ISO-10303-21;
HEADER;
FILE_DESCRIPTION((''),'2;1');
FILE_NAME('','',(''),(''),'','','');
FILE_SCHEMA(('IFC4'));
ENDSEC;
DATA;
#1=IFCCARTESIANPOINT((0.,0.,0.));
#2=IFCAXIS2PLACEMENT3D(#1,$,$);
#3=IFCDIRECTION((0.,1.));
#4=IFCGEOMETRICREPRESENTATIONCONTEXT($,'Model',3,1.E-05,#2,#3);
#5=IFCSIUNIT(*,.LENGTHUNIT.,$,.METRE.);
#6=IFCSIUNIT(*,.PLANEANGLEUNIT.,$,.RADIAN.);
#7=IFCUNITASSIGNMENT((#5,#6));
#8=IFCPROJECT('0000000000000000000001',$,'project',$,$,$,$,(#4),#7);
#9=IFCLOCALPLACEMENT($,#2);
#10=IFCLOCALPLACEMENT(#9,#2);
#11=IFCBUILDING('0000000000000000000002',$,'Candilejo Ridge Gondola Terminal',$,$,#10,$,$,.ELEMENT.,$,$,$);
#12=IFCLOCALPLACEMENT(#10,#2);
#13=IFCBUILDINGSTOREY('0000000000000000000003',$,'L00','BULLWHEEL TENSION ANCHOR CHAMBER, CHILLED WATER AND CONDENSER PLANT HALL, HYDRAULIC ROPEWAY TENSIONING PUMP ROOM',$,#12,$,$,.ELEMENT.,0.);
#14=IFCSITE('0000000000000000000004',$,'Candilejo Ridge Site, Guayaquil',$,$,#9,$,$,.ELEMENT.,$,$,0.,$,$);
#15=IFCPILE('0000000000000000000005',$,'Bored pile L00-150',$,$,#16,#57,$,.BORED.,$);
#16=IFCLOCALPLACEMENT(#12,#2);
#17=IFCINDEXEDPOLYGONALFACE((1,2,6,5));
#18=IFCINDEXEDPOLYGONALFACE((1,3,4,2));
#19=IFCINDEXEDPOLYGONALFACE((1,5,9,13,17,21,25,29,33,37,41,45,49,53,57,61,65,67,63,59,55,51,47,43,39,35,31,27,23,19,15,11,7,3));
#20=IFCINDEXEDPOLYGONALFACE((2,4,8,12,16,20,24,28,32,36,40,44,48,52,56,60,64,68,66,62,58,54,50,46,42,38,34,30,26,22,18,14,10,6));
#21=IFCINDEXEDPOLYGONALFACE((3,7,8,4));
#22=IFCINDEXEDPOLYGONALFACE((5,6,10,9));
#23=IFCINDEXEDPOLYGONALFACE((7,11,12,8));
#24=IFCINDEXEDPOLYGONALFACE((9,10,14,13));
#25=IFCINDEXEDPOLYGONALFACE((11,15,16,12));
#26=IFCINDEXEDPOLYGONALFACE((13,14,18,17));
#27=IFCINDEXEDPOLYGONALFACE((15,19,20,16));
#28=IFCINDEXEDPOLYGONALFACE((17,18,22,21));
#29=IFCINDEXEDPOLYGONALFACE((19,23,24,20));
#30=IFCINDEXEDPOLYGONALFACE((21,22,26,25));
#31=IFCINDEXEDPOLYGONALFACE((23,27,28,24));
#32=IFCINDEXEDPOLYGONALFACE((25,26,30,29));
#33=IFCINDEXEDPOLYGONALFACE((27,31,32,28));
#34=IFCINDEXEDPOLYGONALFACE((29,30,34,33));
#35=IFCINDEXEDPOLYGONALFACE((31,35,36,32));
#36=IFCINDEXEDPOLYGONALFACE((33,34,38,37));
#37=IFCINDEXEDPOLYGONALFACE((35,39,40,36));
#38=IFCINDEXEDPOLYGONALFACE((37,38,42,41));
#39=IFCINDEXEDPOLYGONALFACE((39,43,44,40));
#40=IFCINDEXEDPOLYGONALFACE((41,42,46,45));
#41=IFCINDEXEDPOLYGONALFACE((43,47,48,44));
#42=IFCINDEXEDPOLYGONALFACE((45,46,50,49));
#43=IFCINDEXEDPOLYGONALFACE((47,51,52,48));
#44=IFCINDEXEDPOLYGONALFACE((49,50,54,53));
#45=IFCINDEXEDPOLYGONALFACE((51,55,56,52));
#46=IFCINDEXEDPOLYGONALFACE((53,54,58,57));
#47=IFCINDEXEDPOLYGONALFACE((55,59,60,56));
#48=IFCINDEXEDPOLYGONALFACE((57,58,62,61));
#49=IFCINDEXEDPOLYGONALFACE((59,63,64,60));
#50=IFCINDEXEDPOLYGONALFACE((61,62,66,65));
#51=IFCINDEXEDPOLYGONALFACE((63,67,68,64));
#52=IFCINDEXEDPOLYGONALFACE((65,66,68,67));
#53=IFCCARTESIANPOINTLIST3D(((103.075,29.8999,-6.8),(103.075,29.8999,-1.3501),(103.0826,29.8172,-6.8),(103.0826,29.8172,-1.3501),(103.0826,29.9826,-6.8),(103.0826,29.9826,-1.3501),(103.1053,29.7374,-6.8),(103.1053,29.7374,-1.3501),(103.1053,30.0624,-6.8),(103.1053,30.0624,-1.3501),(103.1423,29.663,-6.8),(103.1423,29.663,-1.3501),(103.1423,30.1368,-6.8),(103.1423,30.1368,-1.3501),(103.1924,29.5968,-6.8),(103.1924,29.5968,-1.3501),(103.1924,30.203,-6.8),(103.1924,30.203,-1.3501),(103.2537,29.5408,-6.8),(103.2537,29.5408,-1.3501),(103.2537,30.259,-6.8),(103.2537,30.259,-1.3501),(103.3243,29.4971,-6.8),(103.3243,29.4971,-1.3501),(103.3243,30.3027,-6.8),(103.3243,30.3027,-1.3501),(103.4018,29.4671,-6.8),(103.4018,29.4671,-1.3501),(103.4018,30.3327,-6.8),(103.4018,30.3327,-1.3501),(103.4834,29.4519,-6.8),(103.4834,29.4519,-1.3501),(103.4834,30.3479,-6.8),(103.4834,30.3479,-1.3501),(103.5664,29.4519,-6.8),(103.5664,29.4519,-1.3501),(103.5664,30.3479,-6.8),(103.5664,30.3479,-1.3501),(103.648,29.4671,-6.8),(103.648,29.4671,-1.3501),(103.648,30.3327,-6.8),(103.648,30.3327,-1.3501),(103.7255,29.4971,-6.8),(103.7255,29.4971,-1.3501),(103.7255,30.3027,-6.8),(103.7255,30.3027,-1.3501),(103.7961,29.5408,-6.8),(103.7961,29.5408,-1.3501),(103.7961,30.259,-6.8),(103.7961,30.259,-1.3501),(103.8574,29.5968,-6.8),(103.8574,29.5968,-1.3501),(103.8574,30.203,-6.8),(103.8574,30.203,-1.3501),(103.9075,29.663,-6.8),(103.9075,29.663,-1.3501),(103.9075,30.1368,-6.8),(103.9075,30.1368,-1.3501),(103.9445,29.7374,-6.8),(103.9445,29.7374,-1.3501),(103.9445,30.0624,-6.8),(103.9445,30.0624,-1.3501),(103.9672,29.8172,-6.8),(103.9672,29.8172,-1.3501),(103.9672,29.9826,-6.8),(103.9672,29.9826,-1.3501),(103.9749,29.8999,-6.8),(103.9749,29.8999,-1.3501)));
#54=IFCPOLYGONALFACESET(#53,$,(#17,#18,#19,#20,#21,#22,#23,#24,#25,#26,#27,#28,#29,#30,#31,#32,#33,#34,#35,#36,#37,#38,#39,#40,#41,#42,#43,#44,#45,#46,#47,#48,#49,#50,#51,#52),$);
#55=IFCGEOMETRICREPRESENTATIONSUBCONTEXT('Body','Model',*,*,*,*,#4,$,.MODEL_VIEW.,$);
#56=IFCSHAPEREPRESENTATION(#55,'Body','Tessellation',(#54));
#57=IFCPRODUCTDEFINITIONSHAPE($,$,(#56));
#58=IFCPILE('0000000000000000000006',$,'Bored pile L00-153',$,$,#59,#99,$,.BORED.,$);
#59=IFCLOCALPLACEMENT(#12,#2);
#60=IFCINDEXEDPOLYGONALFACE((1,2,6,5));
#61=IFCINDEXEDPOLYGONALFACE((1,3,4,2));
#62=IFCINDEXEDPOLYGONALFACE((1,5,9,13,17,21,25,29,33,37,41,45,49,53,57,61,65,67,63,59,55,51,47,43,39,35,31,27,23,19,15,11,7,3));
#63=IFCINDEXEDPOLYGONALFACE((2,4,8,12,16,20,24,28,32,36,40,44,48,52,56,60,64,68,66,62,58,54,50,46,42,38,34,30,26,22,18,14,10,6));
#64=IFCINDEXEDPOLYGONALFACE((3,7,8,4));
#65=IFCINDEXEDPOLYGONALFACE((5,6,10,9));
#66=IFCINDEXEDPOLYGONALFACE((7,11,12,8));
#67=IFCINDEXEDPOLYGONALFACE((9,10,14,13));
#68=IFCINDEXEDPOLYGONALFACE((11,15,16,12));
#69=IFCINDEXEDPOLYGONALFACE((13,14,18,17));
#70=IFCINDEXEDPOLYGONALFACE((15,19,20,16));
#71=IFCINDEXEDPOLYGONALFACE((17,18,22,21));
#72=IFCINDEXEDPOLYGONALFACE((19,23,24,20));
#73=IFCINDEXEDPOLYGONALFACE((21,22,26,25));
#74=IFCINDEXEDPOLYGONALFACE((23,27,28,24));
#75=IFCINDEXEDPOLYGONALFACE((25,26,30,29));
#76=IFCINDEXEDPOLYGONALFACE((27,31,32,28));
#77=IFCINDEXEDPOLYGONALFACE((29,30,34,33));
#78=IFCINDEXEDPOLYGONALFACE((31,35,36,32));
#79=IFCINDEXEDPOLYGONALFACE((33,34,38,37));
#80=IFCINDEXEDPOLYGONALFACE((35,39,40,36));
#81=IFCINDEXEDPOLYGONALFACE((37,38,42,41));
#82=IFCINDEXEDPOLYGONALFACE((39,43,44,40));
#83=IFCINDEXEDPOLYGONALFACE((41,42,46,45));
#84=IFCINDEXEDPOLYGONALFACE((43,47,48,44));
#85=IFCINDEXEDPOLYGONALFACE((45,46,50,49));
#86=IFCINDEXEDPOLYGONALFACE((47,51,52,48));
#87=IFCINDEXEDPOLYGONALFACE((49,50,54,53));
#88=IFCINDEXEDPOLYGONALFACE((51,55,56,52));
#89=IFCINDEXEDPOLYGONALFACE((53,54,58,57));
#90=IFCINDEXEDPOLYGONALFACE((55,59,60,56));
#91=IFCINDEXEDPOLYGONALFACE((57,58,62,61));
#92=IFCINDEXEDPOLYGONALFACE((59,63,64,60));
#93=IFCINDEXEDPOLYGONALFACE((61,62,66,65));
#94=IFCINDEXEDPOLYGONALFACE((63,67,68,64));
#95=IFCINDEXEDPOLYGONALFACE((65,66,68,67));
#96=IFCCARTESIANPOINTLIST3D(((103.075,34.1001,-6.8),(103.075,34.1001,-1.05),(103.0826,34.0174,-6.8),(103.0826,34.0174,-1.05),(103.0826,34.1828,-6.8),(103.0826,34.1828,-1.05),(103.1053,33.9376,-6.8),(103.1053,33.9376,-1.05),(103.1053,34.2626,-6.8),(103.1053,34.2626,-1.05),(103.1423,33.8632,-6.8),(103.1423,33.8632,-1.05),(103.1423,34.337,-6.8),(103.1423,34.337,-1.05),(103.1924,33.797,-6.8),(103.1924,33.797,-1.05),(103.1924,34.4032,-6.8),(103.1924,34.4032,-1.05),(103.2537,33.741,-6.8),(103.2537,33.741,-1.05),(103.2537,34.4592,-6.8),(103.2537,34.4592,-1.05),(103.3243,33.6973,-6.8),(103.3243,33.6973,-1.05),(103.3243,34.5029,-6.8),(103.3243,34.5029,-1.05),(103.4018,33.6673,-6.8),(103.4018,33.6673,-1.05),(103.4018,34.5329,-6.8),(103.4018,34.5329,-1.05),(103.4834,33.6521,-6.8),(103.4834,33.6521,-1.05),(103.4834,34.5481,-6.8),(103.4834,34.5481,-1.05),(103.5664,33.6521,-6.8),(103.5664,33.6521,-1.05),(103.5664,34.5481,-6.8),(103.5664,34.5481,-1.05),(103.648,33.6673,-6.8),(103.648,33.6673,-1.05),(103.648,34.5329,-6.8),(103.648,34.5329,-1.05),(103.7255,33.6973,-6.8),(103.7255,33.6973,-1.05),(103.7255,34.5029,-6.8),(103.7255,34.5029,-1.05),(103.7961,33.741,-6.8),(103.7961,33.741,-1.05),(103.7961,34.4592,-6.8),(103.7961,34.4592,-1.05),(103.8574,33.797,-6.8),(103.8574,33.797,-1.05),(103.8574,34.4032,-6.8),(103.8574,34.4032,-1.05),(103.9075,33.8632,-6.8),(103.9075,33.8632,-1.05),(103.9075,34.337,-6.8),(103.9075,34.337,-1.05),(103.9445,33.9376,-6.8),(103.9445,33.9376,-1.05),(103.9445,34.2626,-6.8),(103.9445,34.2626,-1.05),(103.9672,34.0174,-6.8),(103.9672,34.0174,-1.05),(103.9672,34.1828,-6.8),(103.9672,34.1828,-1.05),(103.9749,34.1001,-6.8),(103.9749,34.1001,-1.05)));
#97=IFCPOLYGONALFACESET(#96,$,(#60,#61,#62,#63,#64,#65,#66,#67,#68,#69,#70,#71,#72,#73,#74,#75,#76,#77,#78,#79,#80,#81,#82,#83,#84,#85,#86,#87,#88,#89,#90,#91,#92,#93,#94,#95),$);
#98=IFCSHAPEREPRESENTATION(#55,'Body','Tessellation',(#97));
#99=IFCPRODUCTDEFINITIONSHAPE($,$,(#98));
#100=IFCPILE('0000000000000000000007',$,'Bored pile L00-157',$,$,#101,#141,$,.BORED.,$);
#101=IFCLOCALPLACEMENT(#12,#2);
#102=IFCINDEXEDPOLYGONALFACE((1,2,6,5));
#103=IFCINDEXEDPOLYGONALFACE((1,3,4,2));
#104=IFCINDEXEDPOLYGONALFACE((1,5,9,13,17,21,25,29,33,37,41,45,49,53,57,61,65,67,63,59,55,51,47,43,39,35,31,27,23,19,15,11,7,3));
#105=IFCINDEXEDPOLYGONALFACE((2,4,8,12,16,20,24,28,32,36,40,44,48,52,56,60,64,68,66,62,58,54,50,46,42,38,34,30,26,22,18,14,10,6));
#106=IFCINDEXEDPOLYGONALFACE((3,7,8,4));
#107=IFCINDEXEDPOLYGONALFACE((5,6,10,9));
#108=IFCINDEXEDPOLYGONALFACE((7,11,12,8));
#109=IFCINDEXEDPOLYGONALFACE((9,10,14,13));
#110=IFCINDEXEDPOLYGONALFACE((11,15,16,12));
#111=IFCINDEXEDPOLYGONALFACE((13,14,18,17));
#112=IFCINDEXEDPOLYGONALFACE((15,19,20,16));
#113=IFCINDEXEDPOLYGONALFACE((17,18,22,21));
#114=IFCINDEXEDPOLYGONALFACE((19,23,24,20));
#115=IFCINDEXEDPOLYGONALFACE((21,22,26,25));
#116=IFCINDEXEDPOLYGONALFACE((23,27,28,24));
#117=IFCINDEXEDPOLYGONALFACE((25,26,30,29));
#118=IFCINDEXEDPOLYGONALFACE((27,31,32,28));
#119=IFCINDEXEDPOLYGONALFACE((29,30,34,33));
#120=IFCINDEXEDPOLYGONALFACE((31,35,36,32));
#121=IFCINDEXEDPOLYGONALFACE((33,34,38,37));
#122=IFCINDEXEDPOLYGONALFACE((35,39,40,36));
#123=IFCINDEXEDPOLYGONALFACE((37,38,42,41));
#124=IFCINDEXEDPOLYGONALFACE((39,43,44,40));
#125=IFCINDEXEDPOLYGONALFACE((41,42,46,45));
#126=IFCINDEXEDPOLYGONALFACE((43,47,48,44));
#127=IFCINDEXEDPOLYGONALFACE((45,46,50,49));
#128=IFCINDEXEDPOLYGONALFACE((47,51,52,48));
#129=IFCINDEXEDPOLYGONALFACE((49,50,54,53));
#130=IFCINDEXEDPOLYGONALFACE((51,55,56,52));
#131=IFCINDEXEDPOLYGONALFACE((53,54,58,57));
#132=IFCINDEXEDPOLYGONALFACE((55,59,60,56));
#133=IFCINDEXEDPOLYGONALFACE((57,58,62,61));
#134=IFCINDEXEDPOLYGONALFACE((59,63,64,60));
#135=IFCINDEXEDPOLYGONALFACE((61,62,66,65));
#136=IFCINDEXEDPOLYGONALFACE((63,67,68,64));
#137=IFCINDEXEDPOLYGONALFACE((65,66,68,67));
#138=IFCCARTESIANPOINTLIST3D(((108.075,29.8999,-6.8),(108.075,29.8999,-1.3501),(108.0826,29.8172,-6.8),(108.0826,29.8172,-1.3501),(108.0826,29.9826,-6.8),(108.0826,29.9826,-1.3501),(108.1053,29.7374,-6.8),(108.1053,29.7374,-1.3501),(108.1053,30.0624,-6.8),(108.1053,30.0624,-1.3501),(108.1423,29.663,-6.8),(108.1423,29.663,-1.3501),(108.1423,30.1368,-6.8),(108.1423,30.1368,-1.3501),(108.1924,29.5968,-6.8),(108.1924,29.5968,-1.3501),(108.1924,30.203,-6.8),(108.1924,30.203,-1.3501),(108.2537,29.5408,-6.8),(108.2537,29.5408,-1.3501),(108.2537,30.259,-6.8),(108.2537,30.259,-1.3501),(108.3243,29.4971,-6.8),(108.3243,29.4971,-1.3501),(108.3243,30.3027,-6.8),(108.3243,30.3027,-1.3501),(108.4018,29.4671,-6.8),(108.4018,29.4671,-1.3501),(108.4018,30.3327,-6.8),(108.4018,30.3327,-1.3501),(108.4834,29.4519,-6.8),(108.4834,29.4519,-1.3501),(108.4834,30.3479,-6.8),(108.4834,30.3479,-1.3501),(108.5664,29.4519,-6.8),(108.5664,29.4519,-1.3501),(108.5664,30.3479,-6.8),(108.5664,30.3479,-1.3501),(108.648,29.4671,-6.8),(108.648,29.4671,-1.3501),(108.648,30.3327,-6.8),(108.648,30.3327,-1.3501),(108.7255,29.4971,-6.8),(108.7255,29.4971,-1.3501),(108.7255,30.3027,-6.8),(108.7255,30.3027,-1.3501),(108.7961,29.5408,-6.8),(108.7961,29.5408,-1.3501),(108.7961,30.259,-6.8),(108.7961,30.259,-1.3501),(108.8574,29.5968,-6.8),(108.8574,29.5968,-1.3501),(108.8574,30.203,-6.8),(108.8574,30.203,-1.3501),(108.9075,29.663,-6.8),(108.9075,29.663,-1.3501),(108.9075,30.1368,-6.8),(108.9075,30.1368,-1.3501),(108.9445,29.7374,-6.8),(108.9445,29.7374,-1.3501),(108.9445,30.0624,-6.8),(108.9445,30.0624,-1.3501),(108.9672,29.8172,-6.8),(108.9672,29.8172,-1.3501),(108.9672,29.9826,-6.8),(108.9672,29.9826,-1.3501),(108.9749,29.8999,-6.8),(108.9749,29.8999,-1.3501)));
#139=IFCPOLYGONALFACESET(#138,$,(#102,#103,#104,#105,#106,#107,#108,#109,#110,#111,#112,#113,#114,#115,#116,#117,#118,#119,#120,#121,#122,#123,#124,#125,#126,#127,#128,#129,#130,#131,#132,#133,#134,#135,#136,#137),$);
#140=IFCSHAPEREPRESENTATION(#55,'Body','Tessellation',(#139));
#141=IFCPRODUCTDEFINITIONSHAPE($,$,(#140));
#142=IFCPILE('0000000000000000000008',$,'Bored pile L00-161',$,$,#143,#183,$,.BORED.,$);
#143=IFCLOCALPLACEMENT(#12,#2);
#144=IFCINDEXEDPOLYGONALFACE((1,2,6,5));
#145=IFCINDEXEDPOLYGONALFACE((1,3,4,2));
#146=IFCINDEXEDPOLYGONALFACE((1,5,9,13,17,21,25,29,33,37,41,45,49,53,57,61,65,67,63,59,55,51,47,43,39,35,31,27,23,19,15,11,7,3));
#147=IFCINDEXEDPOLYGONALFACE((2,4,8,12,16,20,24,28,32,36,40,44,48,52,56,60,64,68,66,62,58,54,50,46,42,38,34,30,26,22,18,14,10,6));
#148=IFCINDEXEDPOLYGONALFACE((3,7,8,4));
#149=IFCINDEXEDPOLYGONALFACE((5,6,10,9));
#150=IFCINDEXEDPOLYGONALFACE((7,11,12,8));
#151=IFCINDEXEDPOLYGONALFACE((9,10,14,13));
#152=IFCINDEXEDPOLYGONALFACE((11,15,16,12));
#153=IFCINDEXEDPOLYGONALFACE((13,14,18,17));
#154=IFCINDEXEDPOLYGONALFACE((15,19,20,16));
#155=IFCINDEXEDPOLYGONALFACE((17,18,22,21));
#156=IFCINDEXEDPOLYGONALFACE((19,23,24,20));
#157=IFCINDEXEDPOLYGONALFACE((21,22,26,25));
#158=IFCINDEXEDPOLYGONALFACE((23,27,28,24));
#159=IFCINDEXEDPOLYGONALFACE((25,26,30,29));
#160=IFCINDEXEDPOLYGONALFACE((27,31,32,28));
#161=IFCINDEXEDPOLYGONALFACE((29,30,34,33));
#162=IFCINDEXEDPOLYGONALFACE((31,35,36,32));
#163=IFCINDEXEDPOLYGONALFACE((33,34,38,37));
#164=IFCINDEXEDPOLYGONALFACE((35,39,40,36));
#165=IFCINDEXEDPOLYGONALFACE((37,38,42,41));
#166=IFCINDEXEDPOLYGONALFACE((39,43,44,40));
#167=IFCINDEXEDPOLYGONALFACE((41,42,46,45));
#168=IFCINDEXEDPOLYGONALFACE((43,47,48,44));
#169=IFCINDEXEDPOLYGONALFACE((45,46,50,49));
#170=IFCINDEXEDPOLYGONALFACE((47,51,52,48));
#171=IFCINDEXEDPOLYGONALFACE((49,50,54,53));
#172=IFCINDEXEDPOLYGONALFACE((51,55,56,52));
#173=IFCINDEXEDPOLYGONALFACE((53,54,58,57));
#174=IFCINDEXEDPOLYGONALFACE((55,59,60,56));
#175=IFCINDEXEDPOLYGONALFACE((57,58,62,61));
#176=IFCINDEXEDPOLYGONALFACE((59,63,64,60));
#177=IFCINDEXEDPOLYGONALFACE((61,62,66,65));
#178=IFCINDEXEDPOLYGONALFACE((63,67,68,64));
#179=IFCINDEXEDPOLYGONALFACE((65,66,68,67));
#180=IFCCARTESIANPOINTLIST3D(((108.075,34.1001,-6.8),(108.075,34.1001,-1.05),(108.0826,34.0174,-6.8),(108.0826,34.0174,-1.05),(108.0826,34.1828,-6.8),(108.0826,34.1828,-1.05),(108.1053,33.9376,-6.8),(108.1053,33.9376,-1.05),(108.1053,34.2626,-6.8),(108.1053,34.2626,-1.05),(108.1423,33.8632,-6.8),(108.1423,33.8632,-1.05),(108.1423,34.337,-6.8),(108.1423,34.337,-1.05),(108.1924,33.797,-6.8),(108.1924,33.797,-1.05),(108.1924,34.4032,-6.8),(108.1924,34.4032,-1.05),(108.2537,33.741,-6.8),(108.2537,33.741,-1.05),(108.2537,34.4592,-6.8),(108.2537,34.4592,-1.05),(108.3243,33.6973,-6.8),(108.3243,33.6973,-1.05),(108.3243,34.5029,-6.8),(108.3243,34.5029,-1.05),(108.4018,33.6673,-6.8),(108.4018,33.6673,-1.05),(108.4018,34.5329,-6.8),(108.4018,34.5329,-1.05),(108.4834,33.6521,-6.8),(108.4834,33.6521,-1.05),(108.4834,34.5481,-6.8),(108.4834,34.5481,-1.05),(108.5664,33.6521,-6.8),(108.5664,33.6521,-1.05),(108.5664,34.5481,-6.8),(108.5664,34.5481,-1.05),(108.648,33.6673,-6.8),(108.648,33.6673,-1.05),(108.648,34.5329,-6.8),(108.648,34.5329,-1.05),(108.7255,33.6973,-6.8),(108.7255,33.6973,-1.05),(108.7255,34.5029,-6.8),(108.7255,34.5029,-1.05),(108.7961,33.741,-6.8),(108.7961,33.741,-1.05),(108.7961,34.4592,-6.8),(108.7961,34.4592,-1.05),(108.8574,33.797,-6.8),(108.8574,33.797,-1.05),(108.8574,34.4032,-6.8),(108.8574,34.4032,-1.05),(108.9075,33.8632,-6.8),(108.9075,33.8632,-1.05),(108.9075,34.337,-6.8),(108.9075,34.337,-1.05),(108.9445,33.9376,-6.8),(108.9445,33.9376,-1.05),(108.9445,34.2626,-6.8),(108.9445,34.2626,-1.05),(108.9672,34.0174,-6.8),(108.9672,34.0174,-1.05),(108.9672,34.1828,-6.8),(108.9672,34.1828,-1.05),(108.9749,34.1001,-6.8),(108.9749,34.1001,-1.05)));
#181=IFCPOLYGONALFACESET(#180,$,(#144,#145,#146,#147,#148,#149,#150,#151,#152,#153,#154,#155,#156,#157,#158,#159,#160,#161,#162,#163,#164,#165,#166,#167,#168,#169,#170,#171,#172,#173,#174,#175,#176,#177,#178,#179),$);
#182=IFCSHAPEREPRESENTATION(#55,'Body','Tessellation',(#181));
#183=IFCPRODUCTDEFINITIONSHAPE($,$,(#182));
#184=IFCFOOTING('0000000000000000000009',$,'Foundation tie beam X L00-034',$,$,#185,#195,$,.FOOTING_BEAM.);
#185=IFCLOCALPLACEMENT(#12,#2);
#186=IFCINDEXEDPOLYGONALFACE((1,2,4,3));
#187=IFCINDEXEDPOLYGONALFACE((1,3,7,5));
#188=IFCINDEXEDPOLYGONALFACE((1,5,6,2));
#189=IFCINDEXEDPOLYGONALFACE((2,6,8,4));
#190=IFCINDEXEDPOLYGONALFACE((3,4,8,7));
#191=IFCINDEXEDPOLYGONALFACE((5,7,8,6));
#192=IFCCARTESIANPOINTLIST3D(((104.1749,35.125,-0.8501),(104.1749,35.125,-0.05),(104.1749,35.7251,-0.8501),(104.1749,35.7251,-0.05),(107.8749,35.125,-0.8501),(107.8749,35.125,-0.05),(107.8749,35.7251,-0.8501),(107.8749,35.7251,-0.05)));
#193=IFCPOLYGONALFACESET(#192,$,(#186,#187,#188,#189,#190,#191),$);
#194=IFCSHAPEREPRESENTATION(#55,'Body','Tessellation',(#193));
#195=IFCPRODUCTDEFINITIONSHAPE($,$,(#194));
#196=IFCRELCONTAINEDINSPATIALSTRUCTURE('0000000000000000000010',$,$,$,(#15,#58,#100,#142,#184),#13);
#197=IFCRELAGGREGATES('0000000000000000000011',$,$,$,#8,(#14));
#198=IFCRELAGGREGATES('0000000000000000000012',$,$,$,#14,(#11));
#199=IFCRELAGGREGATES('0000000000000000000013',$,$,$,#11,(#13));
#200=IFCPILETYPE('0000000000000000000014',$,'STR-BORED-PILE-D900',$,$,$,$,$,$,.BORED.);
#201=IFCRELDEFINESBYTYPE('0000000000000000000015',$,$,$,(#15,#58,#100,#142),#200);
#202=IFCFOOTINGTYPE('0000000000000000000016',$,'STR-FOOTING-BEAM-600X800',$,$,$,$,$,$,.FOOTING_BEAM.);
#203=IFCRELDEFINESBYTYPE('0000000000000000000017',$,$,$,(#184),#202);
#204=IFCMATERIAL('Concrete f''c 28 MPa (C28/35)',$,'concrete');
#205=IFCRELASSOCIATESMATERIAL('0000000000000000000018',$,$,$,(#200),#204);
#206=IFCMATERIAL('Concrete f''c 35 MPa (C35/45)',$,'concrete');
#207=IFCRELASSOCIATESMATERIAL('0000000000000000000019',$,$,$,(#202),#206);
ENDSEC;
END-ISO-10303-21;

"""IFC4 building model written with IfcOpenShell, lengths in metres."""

from ifc_helpers import new_model, si_unit, direction, frame, origin, origin_2d, place, context, subcontext, project, spatial, rectangle, circle, extrude, material, material_profile, profile_set, type_object, element, save


model = new_model("IFC4")

# Units and contexts
model_context = context("Model", 3, precision=1e-05, world=origin(), true_north=direction((0.0, 1.0)))
body_context = subcontext(model_context, "Body", "Model", "MODEL_VIEW")
ifc_project = project(units=[si_unit("LENGTHUNIT", "METRE"), si_unit("PLANEANGLEUNIT", "RADIAN")], contexts=[model_context])

# Site, building, storey
site_placement = place(None, origin())
site = spatial("IfcSite", under=ifc_project, at=site_placement, Name="Candilejo Ridge Site, Guayaquil", CompositionType="ELEMENT", RefElevation=0.0)
building_placement = place(site_placement, origin())
building = spatial("IfcBuilding", under=site, at=building_placement, Name="Candilejo Ridge Gondola Terminal", CompositionType="ELEMENT")
storey_placement = place(building_placement, origin())
storey = spatial("IfcBuildingStorey", under=building, at=storey_placement, Name="L00", Description="BULLWHEEL TENSION ANCHOR CHAMBER, CHILLED WATER AND CONDENSER PLANT HALL, HYDRAULIC ROPEWAY TENSIONING PUMP ROOM", CompositionType="ELEMENT", Elevation=0.0)

# Piles
ifc_material_1 = material(Name="Concrete f'c 28 MPa (C28/35)", Category="concrete")
ifc_material_profile_1 = material_profile(ifc_material_1, circle(Radius=0.45, at=origin_2d()))
ifc_profile_set_1 = profile_set([ifc_material_profile_1], Name="Concrete f'c 28 MPa (C28/35)")
pile_type = type_object("IfcPileType", Name="STR-BORED-PILE-D900", PredefinedType="BORED", material=ifc_profile_set_1)
pile_1_placement = place(storey_placement, frame((103.5249, 29.8999, -1.3501), z_axis=(0.0, 0.0, -1.0), x_axis=(1.0, 0.0, 0.0)))
element("IfcPile", 1, at=pile_1_placement, inside=storey, type_object=pile_type, Name="Bored pile L00-150", PredefinedType="BORED", context=body_context, shape_type="SweptSolid", body=[
    extrude(circle(Radius=0.45, at=origin_2d()), origin(), (0.0, 0.0, 1.0), 5.45),
])
pile_2_placement = place(storey_placement, frame((103.5249, 34.1001, -1.05), z_axis=(0.0, 0.0, -1.0), x_axis=(1.0, 0.0, 0.0)))
element("IfcPile", 2, at=pile_2_placement, inside=storey, type_object=pile_type, Name="Bored pile L00-153", PredefinedType="BORED", context=body_context, shape_type="SweptSolid", body=[
    extrude(circle(Radius=0.45, at=origin_2d()), origin(), (0.0, 0.0, 1.0), 5.75),
])
pile_3_placement = place(storey_placement, frame((108.5249, 29.8999, -1.3501), z_axis=(0.0, 0.0, -1.0), x_axis=(1.0, 0.0, 0.0)))
element("IfcPile", 3, at=pile_3_placement, inside=storey, type_object=pile_type, Name="Bored pile L00-157", PredefinedType="BORED", context=body_context, shape_type="SweptSolid", body=[
    extrude(circle(Radius=0.45, at=origin_2d()), origin(), (0.0, 0.0, 1.0), 5.45),
])
pile_4_placement = place(storey_placement, frame((108.5249, 34.1001, -1.05), z_axis=(0.0, 0.0, -1.0), x_axis=(1.0, 0.0, 0.0)))
element("IfcPile", 4, at=pile_4_placement, inside=storey, type_object=pile_type, Name="Bored pile L00-161", PredefinedType="BORED", context=body_context, shape_type="SweptSolid", body=[
    extrude(circle(Radius=0.45, at=origin_2d()), origin(), (0.0, 0.0, 1.0), 5.75),
])

# Footing
ifc_material_2 = material(Name="Concrete f'c 35 MPa (C35/45)", Category="concrete")
footing_type_1 = type_object("IfcFootingType", Name="STR-FOOTING-BEAM-600X800", PredefinedType="FOOTING_BEAM", material=ifc_material_2)
footing_1_placement = place(storey_placement, frame((106.0249, 35.425, -0.8501), z_axis=(0.0, 0.0, 1.0), x_axis=(1.0, 0.0, 0.0)))
element("IfcFooting", 5, at=footing_1_placement, inside=storey, type_object=footing_type_1, Name="Foundation tie beam X L00-034", PredefinedType="FOOTING_BEAM", context=body_context, shape_type="SweptSolid", body=[
    extrude(rectangle(XDim=3.7, YDim=0.6001, at=origin_2d()), origin(), (0.0, 0.0, 1.0), 0.8),
])

save(model, "model.ifc")
